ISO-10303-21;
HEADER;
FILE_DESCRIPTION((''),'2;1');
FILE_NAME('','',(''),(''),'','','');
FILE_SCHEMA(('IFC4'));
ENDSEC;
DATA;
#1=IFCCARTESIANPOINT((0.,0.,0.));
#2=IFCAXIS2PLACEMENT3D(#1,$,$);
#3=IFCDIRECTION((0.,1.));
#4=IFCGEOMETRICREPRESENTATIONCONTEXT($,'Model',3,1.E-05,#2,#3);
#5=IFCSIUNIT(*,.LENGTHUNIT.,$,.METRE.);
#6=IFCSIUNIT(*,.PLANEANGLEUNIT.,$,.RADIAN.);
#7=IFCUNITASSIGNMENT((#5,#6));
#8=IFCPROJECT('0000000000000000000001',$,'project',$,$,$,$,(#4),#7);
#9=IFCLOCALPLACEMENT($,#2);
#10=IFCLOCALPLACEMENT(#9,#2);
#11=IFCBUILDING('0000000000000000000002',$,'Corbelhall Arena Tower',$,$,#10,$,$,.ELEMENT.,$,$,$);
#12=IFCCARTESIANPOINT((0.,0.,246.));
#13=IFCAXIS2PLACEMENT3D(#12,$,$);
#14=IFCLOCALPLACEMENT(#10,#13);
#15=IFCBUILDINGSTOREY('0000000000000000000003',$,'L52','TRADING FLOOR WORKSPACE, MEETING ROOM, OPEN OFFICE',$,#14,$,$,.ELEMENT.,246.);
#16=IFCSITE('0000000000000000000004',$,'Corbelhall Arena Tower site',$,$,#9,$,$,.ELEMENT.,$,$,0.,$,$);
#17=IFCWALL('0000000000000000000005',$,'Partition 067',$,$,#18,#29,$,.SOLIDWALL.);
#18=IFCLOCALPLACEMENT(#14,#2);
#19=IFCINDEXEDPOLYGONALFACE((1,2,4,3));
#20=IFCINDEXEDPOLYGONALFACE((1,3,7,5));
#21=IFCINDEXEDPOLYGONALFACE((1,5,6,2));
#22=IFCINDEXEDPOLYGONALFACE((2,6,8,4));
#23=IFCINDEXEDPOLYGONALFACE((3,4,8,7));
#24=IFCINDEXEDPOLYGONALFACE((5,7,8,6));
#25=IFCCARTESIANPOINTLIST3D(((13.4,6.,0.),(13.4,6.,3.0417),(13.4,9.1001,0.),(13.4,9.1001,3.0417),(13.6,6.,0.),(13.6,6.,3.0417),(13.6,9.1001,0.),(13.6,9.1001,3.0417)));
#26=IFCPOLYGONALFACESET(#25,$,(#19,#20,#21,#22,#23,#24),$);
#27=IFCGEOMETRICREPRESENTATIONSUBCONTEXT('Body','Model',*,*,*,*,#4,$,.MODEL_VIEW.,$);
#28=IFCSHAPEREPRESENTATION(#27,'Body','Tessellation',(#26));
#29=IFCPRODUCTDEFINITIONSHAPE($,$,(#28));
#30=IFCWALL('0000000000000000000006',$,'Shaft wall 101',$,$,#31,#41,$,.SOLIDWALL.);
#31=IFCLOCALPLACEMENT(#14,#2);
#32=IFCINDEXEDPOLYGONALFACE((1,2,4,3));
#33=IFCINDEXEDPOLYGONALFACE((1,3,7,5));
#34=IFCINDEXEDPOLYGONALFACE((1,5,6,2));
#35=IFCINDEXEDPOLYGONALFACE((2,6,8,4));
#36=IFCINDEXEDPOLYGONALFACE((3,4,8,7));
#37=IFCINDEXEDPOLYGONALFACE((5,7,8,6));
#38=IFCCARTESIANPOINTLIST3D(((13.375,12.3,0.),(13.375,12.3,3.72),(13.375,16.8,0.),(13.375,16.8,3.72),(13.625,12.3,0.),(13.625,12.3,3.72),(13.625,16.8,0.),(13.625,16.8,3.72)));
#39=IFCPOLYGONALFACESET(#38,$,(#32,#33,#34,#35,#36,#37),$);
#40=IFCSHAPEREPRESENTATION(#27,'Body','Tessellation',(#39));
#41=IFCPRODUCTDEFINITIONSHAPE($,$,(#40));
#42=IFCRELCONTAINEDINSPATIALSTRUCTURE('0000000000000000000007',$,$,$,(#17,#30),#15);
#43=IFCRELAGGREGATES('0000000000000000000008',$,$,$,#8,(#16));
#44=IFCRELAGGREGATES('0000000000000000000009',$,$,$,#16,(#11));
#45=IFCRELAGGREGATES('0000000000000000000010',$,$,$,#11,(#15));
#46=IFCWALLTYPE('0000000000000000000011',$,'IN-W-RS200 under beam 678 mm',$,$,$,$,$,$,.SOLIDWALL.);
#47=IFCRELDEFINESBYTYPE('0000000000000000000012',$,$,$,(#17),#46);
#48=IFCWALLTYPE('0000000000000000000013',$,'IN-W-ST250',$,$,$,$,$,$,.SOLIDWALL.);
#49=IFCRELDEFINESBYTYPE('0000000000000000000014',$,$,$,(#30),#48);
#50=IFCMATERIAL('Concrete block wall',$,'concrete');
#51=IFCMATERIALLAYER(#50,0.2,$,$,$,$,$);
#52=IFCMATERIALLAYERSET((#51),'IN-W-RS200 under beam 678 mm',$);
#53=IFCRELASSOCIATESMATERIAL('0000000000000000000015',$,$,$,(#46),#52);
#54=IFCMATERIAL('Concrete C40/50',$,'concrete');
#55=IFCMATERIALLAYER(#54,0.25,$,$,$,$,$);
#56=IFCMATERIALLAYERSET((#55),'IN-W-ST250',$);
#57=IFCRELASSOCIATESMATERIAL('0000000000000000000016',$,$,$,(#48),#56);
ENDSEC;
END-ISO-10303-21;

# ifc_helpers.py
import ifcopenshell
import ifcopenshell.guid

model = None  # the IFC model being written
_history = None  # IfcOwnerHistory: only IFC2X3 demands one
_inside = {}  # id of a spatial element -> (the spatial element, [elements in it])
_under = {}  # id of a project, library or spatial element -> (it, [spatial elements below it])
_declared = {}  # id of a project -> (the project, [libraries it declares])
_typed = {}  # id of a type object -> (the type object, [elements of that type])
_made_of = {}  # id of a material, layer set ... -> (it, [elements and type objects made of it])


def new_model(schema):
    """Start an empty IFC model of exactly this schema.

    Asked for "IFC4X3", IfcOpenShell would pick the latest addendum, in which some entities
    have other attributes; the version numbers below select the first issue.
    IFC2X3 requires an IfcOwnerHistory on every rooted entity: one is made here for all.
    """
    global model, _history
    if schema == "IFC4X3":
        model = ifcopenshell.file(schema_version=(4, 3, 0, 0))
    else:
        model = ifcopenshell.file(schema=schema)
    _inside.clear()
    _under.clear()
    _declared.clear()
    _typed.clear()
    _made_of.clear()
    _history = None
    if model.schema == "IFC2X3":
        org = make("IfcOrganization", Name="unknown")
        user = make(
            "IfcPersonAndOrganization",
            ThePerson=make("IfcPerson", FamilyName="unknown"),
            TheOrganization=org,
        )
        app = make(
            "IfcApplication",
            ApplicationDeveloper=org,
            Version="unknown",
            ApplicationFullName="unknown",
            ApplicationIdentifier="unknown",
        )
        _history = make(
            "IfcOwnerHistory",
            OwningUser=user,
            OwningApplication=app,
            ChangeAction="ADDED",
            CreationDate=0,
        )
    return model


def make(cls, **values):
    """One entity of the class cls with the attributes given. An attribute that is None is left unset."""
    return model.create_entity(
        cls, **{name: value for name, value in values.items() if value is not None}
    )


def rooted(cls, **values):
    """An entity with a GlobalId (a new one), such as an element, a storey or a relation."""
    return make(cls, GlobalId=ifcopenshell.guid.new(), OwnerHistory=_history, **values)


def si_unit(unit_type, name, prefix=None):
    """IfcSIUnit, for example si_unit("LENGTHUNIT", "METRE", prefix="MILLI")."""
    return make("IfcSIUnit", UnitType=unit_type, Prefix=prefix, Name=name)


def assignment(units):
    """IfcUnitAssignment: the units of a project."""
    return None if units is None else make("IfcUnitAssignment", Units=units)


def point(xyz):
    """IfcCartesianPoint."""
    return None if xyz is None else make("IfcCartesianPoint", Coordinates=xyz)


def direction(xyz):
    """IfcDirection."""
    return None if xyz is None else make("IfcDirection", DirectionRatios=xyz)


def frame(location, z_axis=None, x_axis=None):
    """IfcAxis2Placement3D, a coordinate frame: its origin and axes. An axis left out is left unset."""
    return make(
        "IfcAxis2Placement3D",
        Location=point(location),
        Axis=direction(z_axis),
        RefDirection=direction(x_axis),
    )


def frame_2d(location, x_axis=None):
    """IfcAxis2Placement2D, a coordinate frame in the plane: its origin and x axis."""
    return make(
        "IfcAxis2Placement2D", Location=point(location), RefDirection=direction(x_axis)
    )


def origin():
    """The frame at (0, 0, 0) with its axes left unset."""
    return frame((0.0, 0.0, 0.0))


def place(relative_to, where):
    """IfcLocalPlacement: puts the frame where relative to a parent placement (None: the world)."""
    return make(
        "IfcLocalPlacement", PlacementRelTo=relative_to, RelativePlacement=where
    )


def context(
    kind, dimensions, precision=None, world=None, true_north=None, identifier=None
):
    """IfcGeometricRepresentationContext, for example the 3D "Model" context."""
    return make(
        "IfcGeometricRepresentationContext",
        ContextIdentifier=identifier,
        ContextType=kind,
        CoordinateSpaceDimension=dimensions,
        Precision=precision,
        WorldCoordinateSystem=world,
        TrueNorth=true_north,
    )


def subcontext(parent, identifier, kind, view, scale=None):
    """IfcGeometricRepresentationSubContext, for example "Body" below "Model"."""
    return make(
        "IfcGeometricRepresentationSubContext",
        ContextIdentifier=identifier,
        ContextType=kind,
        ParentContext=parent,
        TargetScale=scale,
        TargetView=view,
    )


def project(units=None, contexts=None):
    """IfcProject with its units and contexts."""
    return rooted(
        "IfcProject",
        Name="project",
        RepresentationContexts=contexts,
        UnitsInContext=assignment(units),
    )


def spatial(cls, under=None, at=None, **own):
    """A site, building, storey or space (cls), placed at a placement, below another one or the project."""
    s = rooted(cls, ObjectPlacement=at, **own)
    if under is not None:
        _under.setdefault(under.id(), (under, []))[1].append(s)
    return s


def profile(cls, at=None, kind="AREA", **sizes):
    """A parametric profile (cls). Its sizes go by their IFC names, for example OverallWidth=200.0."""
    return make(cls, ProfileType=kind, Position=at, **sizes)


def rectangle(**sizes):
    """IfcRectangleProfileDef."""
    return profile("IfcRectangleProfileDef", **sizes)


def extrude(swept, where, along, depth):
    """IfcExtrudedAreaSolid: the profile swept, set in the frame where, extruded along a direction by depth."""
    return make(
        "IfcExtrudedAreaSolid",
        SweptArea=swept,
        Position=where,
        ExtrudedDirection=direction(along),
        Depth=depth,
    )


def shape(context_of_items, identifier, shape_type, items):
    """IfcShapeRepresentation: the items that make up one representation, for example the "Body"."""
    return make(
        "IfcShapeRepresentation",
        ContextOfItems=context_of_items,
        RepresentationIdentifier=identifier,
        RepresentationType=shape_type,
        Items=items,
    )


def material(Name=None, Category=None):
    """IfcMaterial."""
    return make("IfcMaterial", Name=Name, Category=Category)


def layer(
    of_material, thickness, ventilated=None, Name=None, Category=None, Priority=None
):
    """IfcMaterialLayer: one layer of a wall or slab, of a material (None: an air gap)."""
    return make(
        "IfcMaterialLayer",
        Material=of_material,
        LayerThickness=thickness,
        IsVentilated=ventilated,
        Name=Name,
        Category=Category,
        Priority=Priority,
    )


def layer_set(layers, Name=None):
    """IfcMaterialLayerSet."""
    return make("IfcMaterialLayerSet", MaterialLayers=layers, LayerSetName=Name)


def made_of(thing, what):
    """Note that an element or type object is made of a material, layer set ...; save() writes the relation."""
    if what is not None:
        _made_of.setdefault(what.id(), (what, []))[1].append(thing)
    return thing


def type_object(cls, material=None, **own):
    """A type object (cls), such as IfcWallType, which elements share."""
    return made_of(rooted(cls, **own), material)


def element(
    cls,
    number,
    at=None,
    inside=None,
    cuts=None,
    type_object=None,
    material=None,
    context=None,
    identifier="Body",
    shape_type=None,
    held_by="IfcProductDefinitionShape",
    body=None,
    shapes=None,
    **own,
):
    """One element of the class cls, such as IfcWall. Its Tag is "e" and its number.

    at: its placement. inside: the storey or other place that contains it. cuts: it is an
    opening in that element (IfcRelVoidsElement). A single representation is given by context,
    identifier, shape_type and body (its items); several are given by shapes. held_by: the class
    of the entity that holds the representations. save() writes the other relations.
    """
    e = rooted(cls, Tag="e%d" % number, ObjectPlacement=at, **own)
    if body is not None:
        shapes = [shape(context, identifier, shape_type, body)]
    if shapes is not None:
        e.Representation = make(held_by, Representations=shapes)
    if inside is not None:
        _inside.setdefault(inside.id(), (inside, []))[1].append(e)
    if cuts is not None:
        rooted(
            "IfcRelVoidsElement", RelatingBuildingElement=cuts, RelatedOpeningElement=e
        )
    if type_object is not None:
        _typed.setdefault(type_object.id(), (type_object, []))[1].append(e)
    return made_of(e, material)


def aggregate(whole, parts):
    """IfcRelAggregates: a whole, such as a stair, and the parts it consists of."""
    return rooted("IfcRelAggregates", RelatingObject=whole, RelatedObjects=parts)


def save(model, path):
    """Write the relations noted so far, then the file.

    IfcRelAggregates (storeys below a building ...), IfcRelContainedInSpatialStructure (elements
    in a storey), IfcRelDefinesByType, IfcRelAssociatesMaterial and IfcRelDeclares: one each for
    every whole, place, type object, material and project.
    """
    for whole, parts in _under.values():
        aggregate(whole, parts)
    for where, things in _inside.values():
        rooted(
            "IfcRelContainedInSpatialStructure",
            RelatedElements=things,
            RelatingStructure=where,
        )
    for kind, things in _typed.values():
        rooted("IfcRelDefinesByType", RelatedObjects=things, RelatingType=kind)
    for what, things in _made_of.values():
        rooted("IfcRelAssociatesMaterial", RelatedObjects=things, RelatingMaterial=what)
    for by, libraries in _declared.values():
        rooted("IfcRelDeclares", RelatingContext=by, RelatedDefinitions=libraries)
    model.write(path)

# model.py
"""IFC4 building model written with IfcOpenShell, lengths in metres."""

from ifc_helpers import new_model, si_unit, direction, frame, frame_2d, origin, place, context, subcontext, project, spatial, rectangle, extrude, material, layer, layer_set, type_object, element, save


model = new_model("IFC4")

# Units and contexts
model_context = context("Model", 3, precision=1e-05, world=origin(), true_north=direction((0.0, 1.0)))
body_context = subcontext(model_context, "Body", "Model", "MODEL_VIEW")
ifc_project = project(units=[si_unit("LENGTHUNIT", "METRE"), si_unit("PLANEANGLEUNIT", "RADIAN")], contexts=[model_context])

# Site, building, storey
site_placement = place(None, origin())
site = spatial("IfcSite", under=ifc_project, at=site_placement, Name="Corbelhall Arena Tower site", CompositionType="ELEMENT", RefElevation=0.0)
building_placement = place(site_placement, origin())
building = spatial("IfcBuilding", under=site, at=building_placement, Name="Corbelhall Arena Tower", CompositionType="ELEMENT")
storey_placement = place(building_placement, frame((0.0, 0.0, 246.0)))
storey = spatial("IfcBuildingStorey", under=building, at=storey_placement, Name="L52", Description="TRADING FLOOR WORKSPACE, MEETING ROOM, OPEN OFFICE", CompositionType="ELEMENT", Elevation=246.0)

# Walls
ifc_material_1 = material(Name="Concrete block wall", Category="concrete")
ifc_layer_1 = layer(ifc_material_1, 0.2)
ifc_layer_set_1 = layer_set([ifc_layer_1], Name="IN-W-RS200 under beam 678 mm")
wall_type_1 = type_object("IfcWallType", Name="IN-W-RS200 under beam 678 mm", PredefinedType="SOLIDWALL", material=ifc_layer_set_1)
wall_1_placement = place(storey_placement, frame((13.5, 9.1001, 0.0), z_axis=(0.0, 0.0, 1.0), x_axis=(0.0, -1.0, 0.0)))
element("IfcWall", 1, at=wall_1_placement, inside=storey, type_object=wall_type_1, Name="Partition 067", PredefinedType="SOLIDWALL", context=body_context, shape_type="SweptSolid", body=[
    extrude(rectangle(XDim=3.1001, YDim=0.2, at=frame_2d((1.55, 0.0))), origin(), (0.0, 0.0, 1.0), 3.0417),
])
ifc_material_2 = material(Name="Concrete C40/50", Category="concrete")
ifc_layer_2 = layer(ifc_material_2, 0.25)
ifc_layer_set_2 = layer_set([ifc_layer_2], Name="IN-W-ST250")
wall_type_2 = type_object("IfcWallType", Name="IN-W-ST250", PredefinedType="SOLIDWALL", material=ifc_layer_set_2)
wall_2_placement = place(storey_placement, frame((13.5, 16.8, 0.0), z_axis=(0.0, 0.0, 1.0), x_axis=(0.0, -1.0, 0.0)))
element("IfcWall", 2, at=wall_2_placement, inside=storey, type_object=wall_type_2, Name="Shaft wall 101", PredefinedType="SOLIDWALL", context=body_context, shape_type="SweptSolid", body=[
    extrude(rectangle(XDim=4.5, YDim=0.25, at=frame_2d((2.25, 0.0))), origin(), (0.0, 0.0, 1.0), 3.72),
])

save(model, "model.ifc")
